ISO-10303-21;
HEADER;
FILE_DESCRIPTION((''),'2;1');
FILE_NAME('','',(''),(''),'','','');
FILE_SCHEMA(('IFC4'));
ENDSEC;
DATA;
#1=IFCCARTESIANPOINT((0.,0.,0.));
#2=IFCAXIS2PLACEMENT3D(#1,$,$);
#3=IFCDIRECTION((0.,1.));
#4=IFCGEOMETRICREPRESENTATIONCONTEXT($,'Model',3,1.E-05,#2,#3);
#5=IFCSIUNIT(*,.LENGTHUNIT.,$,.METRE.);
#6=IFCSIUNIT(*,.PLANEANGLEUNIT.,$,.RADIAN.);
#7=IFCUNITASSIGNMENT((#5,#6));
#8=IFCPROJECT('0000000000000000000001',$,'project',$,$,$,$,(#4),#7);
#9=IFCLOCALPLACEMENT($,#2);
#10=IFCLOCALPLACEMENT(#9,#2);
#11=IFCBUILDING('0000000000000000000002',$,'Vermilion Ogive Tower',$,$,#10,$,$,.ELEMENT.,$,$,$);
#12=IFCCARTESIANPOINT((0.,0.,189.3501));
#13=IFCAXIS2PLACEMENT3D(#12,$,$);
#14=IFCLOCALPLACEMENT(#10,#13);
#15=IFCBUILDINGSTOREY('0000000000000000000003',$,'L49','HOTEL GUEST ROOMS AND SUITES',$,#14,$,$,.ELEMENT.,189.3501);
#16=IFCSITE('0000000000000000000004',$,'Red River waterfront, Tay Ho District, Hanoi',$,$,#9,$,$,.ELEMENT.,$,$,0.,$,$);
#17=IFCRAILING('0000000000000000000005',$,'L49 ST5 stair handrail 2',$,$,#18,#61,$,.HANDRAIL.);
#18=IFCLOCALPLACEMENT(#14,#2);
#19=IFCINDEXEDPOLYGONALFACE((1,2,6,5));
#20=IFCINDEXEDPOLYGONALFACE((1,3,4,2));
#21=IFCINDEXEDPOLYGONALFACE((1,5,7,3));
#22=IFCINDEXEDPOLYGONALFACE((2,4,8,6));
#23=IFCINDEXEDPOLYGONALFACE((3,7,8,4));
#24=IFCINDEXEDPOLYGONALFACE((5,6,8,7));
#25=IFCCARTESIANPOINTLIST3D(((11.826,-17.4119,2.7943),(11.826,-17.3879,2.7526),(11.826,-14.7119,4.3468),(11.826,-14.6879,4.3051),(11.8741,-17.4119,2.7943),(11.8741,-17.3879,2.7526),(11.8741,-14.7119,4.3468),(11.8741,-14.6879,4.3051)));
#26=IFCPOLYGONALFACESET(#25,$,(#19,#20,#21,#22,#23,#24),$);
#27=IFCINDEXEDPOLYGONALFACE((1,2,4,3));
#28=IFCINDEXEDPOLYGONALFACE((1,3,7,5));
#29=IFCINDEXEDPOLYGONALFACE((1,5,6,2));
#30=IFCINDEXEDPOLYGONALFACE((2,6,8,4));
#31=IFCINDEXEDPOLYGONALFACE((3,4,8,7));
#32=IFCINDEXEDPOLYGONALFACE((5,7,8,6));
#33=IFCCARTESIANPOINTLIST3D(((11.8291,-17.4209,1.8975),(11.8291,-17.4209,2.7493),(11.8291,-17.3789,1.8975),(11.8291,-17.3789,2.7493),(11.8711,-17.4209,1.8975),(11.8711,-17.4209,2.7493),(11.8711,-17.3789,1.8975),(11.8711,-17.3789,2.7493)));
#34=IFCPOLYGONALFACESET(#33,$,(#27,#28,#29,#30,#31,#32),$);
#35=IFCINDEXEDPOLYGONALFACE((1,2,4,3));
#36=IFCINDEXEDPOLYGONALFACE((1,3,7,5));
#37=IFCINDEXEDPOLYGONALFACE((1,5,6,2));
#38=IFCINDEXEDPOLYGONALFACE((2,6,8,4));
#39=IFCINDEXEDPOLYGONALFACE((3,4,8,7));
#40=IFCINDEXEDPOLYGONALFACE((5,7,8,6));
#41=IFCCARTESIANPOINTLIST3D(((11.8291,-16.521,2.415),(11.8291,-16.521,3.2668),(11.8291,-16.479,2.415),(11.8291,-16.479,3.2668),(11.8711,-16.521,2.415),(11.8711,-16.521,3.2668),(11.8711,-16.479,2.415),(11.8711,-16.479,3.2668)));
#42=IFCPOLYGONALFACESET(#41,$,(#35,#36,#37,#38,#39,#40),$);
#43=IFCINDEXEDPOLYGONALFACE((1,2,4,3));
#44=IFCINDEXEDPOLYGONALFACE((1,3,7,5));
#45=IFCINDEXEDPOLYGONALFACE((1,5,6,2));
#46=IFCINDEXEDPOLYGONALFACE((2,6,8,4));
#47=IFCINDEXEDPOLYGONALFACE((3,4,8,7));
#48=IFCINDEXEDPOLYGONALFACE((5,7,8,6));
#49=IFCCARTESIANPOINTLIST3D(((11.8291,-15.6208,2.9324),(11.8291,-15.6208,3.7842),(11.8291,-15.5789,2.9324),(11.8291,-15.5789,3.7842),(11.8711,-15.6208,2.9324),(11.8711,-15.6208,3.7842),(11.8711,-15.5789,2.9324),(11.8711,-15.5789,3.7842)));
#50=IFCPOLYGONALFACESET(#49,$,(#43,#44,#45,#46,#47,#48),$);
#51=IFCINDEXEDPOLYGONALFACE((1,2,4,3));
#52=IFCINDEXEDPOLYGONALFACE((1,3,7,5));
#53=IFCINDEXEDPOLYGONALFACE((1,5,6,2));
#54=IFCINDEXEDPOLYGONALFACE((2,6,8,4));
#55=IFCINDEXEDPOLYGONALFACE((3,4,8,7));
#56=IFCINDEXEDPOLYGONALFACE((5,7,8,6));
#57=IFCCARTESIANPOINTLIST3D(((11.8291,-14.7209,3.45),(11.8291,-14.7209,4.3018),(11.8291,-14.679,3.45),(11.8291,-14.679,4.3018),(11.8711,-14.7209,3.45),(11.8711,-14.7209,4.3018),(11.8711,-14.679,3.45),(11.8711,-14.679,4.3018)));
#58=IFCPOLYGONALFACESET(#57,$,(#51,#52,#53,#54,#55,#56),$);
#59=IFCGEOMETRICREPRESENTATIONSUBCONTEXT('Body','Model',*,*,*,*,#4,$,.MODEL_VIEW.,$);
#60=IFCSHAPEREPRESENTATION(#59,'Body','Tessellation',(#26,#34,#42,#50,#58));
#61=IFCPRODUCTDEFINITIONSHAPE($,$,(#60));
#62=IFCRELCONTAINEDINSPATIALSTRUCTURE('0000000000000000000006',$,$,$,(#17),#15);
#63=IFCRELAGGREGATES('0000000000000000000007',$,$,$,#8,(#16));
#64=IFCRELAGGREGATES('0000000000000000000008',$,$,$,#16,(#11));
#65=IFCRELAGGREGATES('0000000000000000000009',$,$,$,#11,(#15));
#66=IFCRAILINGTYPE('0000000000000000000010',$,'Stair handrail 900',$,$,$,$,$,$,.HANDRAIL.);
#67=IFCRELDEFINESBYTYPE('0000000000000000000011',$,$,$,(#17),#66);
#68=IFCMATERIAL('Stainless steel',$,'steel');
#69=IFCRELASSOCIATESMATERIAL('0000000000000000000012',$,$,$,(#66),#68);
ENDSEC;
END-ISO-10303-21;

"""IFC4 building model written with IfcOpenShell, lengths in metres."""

from ifc_helpers import new_model, si_unit, direction, frame, origin, origin_2d, place, context, subcontext, project, spatial, rectangle, extrude, material, type_object, element, save


model = new_model("IFC4")

# Units and contexts
model_context = context("Model", 3, precision=1e-05, world=origin(), true_north=direction((0.0, 1.0)))
body_context = subcontext(model_context, "Body", "Model", "MODEL_VIEW")
ifc_project = project(units=[si_unit("LENGTHUNIT", "METRE"), si_unit("PLANEANGLEUNIT", "RADIAN")], contexts=[model_context])

# Site, building, storey
site_placement = place(None, origin())
site = spatial("IfcSite", under=ifc_project, at=site_placement, Name="Red River waterfront, Tay Ho District, Hanoi", CompositionType="ELEMENT", RefElevation=0.0)
building_placement = place(site_placement, origin())
building = spatial("IfcBuilding", under=site, at=building_placement, Name="Vermilion Ogive Tower", CompositionType="ELEMENT")
storey_placement = place(building_placement, frame((0.0, 0.0, 189.3501)))
storey = spatial("IfcBuildingStorey", under=building, at=storey_placement, Name="L49", Description="HOTEL GUEST ROOMS AND SUITES", CompositionType="ELEMENT", Elevation=189.3501)

# Railing
ifc_material_1 = material(Name="Stainless steel", Category="steel")
railing_type_1 = type_object("IfcRailingType", Name="Stair handrail 900", PredefinedType="HANDRAIL", material=ifc_material_1)
railing_1_placement = place(storey_placement, frame((11.8501, -17.3999, 1.8975)))
element("IfcRailing", 1, at=railing_1_placement, inside=storey, type_object=railing_type_1, Name="L49 ST5 stair handrail 2", PredefinedType="HANDRAIL", context=body_context, shape_type="SweptSolid", body=[
    extrude(rectangle(XDim=0.0481, YDim=0.0481, at=origin_2d()), frame((0.0, 0.0, 0.876), z_axis=(0.0, 0.866904, 0.498476), x_axis=(-1.0, 0.0, 0.0)), (0.0, 0.0, 1.0), 3.1145),
    extrude(rectangle(XDim=0.042, YDim=0.042, at=origin_2d()), origin(), (0.0, 0.0, 1.0), 0.8518),
    extrude(rectangle(XDim=0.042, YDim=0.042, at=origin_2d()), frame((0.0, 0.8999, 0.5176)), (0.0, 0.0, 1.0), 0.8518),
    extrude(rectangle(XDim=0.042, YDim=0.042, at=origin_2d()), frame((0.0, 1.8, 1.0349)), (0.0, 0.0, 1.0), 0.8518),
    extrude(rectangle(XDim=0.042, YDim=0.042, at=origin_2d()), frame((0.0, 2.7, 1.5525)), (0.0, 0.0, 1.0), 0.8518),
])

save(model, "model.ifc")
